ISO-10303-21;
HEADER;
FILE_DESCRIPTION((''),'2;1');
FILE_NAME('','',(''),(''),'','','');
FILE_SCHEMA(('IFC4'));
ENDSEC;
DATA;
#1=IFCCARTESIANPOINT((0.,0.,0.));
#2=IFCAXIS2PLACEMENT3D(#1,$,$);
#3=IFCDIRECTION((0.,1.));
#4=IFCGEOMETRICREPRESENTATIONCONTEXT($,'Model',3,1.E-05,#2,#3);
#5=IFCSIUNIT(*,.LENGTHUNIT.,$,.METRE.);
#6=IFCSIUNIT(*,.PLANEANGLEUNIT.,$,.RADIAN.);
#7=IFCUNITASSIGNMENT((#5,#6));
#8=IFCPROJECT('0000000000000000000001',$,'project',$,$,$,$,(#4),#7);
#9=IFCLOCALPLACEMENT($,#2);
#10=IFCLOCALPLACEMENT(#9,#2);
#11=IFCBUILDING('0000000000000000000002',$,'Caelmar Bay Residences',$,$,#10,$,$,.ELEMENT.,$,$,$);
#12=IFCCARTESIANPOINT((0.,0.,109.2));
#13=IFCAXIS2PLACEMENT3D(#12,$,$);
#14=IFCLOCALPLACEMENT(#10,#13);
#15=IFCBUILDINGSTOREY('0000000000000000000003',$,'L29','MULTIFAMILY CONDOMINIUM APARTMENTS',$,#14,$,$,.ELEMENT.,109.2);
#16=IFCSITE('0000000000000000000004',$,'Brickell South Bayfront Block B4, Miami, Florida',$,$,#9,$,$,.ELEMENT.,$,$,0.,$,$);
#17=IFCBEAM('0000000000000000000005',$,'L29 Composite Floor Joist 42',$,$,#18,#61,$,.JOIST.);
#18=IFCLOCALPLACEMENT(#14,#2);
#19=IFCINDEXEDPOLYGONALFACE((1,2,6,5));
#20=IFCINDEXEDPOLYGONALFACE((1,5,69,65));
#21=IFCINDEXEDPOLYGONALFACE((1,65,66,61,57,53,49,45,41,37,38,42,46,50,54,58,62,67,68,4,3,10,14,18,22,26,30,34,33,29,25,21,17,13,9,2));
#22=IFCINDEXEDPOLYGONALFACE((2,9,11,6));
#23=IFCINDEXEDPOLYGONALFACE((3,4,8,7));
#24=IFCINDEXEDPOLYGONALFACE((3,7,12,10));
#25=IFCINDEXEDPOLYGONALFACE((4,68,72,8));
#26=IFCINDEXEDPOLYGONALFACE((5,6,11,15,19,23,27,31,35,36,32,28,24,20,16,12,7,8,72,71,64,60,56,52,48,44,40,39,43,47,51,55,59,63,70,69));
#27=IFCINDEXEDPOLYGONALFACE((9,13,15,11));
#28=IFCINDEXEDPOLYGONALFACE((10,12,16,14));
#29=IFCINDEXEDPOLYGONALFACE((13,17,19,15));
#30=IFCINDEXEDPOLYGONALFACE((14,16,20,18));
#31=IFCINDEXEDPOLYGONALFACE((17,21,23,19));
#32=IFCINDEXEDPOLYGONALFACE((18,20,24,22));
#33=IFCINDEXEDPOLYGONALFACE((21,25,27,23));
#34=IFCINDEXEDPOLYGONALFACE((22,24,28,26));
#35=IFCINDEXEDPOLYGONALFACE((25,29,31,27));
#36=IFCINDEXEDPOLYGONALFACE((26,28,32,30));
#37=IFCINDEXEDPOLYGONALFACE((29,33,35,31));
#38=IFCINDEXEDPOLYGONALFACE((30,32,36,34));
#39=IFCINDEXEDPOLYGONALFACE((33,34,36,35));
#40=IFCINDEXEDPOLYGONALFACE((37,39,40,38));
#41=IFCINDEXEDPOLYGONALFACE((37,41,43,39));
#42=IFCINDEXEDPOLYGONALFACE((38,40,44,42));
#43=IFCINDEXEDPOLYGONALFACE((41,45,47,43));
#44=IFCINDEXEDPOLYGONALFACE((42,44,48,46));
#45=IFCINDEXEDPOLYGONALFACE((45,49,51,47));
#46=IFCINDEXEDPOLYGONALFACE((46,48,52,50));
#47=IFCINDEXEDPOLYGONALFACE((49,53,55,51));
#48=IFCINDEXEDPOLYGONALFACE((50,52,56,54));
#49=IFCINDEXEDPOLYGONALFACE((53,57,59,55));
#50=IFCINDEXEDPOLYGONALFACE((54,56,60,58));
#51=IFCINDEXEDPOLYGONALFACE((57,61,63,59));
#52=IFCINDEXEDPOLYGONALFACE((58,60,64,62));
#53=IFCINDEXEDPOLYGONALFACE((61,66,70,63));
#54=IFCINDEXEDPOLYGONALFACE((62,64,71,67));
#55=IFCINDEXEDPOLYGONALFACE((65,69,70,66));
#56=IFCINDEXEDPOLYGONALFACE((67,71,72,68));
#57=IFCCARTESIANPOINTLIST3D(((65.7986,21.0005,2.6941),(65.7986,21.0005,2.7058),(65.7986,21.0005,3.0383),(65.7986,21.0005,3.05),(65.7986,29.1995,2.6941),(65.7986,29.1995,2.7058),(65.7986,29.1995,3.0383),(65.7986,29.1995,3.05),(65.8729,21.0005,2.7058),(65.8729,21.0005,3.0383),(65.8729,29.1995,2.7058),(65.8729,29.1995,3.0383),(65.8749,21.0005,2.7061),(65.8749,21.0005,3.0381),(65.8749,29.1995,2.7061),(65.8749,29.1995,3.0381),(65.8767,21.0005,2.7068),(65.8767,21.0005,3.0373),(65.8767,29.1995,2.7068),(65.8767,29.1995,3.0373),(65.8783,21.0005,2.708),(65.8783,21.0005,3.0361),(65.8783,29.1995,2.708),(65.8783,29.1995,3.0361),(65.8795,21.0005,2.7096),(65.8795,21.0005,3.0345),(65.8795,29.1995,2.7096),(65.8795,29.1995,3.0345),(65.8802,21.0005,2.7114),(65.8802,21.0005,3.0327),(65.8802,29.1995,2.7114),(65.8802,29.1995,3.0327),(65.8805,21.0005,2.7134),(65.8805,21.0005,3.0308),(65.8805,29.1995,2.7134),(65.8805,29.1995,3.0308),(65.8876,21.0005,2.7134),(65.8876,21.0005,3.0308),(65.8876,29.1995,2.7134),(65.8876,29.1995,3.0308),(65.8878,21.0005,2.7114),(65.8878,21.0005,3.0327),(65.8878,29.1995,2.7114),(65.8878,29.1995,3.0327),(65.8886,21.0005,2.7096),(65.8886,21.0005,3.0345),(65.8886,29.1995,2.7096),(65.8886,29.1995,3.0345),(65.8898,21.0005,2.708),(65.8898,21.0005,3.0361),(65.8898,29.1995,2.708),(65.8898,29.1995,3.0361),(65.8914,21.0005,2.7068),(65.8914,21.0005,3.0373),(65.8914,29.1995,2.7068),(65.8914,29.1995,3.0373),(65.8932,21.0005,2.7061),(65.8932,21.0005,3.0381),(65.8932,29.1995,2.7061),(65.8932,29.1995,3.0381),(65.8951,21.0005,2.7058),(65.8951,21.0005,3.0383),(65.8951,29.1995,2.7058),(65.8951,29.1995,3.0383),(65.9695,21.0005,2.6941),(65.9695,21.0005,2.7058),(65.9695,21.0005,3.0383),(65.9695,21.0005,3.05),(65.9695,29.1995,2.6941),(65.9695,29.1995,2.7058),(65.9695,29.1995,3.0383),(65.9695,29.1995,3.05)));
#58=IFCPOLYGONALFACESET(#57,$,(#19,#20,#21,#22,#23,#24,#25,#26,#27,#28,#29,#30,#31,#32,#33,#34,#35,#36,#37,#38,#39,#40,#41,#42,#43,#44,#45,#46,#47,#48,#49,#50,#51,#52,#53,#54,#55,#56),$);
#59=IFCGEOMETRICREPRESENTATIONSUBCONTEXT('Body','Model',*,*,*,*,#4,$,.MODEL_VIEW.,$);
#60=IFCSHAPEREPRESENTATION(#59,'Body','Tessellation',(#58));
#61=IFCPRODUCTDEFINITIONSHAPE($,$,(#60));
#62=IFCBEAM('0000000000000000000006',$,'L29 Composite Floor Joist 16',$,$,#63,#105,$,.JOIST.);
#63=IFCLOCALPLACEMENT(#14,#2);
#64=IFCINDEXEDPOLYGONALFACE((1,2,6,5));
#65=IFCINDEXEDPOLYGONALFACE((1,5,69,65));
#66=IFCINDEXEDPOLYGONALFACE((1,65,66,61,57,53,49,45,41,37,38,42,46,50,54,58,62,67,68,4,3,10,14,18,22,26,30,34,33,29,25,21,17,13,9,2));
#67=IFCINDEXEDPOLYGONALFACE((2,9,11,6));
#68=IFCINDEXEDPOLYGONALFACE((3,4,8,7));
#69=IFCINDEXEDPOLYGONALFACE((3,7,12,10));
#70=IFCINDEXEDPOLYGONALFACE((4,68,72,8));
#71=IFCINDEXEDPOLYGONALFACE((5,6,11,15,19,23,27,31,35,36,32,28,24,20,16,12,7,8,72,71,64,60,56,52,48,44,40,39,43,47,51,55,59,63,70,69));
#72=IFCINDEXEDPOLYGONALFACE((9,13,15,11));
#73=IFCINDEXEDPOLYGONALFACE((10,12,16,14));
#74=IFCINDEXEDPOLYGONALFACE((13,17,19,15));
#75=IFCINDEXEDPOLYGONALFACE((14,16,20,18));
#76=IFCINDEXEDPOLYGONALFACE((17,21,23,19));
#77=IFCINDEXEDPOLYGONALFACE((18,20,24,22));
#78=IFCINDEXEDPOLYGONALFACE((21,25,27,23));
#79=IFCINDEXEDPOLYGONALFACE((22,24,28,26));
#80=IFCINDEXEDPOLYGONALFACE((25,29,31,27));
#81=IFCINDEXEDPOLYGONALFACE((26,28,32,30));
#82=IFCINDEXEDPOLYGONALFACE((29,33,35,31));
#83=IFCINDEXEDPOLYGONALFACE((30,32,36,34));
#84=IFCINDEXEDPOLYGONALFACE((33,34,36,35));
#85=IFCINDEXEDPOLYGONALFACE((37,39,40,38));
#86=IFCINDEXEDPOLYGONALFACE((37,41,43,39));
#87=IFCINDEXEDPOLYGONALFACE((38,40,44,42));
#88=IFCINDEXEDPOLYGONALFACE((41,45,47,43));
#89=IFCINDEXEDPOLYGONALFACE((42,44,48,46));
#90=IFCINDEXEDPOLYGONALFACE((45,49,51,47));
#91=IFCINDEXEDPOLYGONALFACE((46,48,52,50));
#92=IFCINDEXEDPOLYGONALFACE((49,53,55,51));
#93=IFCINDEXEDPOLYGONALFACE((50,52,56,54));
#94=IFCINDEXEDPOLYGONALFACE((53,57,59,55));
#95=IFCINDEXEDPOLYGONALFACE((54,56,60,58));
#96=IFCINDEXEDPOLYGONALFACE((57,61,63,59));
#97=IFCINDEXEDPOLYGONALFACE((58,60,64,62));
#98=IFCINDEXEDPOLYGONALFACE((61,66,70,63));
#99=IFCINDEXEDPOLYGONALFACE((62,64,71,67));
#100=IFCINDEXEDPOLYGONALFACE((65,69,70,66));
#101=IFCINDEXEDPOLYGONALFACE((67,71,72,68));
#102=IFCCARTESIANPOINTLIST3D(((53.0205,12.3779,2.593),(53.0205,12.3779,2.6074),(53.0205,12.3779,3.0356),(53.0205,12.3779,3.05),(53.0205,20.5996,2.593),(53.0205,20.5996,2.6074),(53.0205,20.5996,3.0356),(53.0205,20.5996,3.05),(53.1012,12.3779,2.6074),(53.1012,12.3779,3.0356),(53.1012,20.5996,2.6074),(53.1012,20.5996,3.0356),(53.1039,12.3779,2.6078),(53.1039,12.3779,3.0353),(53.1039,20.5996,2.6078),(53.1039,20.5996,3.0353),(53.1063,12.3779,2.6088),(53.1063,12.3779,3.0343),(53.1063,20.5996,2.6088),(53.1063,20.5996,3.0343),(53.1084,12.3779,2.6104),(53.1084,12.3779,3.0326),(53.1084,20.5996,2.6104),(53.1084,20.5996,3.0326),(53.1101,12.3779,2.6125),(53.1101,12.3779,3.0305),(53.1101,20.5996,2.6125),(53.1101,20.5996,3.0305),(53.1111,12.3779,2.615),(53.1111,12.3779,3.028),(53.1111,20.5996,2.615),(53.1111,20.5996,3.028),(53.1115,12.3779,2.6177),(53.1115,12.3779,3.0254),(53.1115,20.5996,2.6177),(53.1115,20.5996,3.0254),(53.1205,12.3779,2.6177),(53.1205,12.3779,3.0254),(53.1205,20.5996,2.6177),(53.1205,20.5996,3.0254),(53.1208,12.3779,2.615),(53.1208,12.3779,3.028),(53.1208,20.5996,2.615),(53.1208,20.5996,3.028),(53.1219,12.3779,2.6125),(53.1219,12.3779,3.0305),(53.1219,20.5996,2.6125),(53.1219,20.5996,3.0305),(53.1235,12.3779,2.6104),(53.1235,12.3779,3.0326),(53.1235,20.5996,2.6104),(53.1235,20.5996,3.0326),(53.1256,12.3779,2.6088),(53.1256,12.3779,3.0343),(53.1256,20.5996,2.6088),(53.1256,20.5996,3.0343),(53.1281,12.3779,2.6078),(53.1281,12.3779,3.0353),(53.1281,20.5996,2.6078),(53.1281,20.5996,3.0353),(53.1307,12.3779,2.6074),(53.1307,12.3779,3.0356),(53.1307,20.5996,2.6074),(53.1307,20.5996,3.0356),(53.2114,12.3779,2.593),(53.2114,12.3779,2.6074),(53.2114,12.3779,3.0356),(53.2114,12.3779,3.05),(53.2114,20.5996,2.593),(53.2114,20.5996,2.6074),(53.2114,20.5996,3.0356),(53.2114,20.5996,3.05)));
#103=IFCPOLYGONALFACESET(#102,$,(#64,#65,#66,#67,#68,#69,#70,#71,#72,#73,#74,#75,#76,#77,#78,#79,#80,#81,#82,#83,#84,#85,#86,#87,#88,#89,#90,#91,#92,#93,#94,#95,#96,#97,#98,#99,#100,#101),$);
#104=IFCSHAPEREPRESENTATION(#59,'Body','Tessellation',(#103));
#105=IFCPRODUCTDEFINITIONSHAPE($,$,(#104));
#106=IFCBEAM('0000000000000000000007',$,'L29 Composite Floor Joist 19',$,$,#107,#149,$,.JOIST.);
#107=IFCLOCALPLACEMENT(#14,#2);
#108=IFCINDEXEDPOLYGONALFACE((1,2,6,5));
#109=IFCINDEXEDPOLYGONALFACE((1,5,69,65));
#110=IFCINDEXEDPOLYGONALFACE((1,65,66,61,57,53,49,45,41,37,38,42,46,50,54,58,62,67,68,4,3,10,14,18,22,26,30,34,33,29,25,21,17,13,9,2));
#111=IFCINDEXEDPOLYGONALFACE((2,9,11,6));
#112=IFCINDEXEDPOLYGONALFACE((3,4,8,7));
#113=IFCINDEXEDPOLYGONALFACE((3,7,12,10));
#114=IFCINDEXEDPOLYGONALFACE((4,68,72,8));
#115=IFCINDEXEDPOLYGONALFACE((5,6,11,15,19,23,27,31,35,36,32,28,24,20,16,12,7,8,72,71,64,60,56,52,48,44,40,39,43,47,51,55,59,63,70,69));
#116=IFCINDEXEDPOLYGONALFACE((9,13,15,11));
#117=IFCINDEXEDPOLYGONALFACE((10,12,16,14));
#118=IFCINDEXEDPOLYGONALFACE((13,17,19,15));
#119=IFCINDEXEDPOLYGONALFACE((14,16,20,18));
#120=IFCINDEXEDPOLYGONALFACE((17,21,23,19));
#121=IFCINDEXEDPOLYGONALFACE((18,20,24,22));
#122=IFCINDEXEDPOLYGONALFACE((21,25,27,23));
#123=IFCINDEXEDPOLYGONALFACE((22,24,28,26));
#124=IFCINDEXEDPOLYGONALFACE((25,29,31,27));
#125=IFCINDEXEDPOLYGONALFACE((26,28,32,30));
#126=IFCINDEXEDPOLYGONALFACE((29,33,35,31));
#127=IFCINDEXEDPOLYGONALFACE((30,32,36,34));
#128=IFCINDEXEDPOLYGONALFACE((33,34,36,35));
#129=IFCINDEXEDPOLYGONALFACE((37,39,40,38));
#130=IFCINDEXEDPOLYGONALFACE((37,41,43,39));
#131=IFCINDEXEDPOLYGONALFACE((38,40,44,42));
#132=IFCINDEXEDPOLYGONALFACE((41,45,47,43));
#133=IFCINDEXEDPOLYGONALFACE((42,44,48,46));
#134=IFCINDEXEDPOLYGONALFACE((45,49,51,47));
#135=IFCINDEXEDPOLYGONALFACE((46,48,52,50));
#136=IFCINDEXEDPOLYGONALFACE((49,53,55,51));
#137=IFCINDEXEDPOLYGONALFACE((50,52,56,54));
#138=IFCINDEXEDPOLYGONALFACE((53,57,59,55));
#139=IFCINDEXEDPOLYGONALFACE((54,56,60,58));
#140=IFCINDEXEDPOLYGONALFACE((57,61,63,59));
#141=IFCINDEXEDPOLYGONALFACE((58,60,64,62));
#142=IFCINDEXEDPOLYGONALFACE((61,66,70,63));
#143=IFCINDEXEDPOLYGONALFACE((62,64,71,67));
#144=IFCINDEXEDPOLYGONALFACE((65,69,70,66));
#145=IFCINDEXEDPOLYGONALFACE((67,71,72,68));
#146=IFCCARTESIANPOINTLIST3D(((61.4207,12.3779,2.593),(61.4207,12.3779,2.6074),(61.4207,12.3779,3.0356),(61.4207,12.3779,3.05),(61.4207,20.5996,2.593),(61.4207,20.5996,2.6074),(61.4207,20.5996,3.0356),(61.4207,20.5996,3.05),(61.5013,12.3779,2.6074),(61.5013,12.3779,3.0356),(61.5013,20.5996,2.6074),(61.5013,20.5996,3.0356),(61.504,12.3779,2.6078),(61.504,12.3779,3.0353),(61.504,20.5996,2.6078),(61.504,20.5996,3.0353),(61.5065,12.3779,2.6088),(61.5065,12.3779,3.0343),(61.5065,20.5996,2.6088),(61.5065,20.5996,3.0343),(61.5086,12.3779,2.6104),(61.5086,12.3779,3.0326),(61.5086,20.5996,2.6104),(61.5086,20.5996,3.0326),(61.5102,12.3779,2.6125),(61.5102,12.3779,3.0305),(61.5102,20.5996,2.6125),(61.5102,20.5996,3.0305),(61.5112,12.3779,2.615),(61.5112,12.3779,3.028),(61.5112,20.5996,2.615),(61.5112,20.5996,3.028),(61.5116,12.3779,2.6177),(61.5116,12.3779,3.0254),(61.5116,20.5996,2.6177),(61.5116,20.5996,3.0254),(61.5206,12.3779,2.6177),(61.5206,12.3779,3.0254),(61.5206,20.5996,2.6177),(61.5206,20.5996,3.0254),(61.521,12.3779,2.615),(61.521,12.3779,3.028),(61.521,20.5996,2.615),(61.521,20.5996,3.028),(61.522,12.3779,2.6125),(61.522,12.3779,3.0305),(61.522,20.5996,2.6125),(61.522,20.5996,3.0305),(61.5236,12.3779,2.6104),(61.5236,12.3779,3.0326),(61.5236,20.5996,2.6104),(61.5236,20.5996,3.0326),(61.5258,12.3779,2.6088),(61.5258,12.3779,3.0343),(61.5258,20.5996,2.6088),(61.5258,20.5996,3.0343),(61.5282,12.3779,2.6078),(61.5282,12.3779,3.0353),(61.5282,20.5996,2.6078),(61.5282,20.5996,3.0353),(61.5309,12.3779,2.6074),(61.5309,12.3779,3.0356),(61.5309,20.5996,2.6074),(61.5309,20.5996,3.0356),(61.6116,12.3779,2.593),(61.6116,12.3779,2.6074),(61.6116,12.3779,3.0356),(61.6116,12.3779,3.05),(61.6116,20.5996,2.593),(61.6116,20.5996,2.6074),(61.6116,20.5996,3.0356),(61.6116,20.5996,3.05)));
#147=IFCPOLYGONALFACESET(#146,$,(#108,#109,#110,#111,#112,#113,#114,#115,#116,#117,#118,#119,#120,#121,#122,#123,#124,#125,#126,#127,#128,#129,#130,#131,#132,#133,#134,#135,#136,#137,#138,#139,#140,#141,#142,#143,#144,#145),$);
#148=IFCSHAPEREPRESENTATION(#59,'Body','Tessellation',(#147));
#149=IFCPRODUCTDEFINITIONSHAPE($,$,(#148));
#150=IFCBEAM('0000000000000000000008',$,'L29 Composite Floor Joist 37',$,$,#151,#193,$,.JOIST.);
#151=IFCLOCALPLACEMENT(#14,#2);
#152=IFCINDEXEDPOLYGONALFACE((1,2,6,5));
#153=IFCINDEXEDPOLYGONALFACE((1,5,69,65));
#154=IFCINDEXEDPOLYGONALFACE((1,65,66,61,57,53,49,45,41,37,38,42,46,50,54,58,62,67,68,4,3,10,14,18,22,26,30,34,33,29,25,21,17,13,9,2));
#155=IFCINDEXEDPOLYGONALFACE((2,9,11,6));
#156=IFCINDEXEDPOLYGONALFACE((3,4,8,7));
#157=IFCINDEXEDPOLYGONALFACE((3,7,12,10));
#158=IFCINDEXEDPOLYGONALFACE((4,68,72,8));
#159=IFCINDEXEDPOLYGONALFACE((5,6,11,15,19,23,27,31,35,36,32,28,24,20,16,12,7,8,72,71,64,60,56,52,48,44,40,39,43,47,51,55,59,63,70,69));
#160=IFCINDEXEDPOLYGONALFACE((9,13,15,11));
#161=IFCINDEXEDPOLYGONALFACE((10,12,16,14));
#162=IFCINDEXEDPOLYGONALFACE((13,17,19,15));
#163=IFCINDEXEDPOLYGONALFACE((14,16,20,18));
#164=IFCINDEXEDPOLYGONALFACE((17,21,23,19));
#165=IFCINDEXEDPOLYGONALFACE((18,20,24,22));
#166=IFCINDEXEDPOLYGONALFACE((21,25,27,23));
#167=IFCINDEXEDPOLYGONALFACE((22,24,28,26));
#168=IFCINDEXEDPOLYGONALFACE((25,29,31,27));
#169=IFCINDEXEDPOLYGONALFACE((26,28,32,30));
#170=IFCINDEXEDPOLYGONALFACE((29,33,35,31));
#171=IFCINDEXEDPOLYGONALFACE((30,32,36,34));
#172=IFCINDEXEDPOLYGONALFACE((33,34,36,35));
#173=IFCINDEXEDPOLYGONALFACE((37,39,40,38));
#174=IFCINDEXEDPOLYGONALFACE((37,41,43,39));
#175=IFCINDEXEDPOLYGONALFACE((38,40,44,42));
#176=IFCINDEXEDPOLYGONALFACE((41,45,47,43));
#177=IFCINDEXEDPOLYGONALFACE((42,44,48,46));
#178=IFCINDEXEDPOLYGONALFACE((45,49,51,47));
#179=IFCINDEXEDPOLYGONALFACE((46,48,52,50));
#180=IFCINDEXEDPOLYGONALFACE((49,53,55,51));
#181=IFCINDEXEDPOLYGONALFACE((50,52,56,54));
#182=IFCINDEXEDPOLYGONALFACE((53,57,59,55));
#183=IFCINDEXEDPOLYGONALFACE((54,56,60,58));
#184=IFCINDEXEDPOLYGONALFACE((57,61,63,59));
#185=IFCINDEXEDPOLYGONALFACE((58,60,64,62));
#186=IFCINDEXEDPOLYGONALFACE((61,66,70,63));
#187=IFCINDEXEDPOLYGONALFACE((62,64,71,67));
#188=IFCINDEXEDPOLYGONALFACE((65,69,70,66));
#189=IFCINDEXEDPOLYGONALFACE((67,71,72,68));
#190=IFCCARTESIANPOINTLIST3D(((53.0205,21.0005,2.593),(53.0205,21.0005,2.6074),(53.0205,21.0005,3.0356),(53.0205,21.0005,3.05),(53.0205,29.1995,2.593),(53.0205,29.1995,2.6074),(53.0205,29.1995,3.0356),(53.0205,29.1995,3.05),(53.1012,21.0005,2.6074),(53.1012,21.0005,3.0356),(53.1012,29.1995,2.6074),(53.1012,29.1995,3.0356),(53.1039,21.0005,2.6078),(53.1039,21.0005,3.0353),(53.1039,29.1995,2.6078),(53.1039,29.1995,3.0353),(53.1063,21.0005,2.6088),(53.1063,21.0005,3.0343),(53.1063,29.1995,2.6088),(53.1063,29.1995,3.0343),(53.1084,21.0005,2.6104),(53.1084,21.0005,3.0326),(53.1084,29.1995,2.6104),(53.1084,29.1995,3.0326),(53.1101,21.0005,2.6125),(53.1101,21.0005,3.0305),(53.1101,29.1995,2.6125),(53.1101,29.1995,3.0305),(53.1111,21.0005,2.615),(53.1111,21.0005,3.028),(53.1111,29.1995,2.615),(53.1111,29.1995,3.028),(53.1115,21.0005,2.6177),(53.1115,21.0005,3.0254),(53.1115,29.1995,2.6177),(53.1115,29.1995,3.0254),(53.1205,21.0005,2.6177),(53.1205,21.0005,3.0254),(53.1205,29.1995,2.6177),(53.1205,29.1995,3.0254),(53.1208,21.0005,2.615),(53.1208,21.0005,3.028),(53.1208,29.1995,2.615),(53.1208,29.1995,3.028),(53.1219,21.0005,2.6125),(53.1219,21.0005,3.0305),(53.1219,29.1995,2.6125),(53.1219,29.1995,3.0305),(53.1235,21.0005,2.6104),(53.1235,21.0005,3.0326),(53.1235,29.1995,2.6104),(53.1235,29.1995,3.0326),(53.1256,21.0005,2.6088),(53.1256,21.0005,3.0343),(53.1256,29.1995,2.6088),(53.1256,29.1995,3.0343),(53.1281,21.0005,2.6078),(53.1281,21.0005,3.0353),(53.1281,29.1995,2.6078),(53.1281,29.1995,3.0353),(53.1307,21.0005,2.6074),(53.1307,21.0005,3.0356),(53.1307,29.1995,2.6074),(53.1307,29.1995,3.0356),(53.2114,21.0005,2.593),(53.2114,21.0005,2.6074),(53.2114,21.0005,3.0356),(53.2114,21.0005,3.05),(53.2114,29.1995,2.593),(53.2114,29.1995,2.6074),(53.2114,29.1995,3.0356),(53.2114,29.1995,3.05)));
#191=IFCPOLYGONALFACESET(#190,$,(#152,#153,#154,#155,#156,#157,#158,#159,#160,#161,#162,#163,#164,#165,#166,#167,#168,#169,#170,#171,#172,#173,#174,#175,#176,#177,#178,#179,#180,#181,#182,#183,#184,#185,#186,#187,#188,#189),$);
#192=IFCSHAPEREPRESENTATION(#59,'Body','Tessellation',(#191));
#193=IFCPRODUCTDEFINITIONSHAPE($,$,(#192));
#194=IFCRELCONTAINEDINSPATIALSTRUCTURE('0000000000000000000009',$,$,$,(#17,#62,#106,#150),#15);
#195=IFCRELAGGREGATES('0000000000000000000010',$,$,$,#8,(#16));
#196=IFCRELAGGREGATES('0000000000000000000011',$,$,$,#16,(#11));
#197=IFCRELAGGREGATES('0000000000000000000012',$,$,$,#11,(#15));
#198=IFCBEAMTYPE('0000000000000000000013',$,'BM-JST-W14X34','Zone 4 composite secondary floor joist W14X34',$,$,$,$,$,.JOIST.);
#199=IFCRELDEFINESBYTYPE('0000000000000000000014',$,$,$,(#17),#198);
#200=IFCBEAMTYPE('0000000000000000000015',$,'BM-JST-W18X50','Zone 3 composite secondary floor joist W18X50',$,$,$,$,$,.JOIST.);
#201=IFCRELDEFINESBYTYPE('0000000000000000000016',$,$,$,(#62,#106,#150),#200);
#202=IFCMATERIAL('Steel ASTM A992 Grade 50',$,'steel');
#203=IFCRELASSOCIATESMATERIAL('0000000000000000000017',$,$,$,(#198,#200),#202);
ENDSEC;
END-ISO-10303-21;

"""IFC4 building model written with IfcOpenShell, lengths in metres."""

from ifc_helpers import new_model, si_unit, direction, frame, origin, origin_2d, place, context, subcontext, project, spatial, i_section, extrude, material, material_profile, profile_set, type_object, element, save


model = new_model("IFC4")

# Units and contexts
model_context = context("Model", 3, precision=1e-05, world=origin(), true_north=direction((0.0, 1.0)))
body_context = subcontext(model_context, "Body", "Model", "MODEL_VIEW")
ifc_project = project(units=[si_unit("LENGTHUNIT", "METRE"), si_unit("PLANEANGLEUNIT", "RADIAN")], contexts=[model_context])

# Site, building, storey
site_placement = place(None, origin())
site = spatial("IfcSite", under=ifc_project, at=site_placement, Name="Brickell South Bayfront Block B4, Miami, Florida", CompositionType="ELEMENT", RefElevation=0.0)
building_placement = place(site_placement, origin())
building = spatial("IfcBuilding", under=site, at=building_placement, Name="Caelmar Bay Residences", CompositionType="ELEMENT")
storey_placement = place(building_placement, frame((0.0, 0.0, 109.2)))
storey = spatial("IfcBuildingStorey", under=building, at=storey_placement, Name="L29", Description="MULTIFAMILY CONDOMINIUM APARTMENTS", CompositionType="ELEMENT", Elevation=109.2)

# Beams
ifc_material_1 = material(Name="Steel ASTM A992 Grade 50", Category="steel")
ifc_material_profile_1 = material_profile(ifc_material_1, i_section(OverallWidth=0.1709, OverallDepth=0.356, WebThickness=0.0071, FlangeThickness=0.0117, FilletRadius=0.0076, at=origin_2d()), Name="W14X34")
ifc_profile_set_1 = profile_set([ifc_material_profile_1], Name="Steel ASTM A992 Grade 50")
beam_type_1 = type_object("IfcBeamType", Name="BM-JST-W14X34", Description="Zone 4 composite secondary floor joist W14X34", PredefinedType="JOIST", material=ifc_profile_set_1)
for number, where, z_axis, x_axis, name in (
    (1, (65.884, 21.0005, 2.8721), (0.0, 1.0, 0.0), (-1.0, 0.0, 0.0), "L29 Composite Floor Joist 42"),
):
    element("IfcBeam", number, at=place(storey_placement, frame(where, z_axis=z_axis, x_axis=x_axis)), inside=storey, type_object=beam_type_1, Name=name, PredefinedType="JOIST", context=body_context, shape_type="SweptSolid", body=[
        extrude(i_section(OverallWidth=0.1709, OverallDepth=0.356, WebThickness=0.0071, FlangeThickness=0.0117, FilletRadius=0.0076, at=origin_2d()), origin(), (0.0, 0.0, 1.0), 8.199),
    ])
ifc_material_profile_2 = material_profile(ifc_material_1, i_section(OverallWidth=0.1909, OverallDepth=0.457, WebThickness=0.009, FlangeThickness=0.0144, FilletRadius=0.0103, at=origin_2d()), Name="W18X50")
ifc_profile_set_2 = profile_set([ifc_material_profile_2], Name="Steel ASTM A992 Grade 50")
beam_type_2 = type_object("IfcBeamType", Name="BM-JST-W18X50", Description="Zone 3 composite secondary floor joist W18X50", PredefinedType="JOIST", material=ifc_profile_set_2)
for number, where, z_axis, x_axis, name in (
    (2, (53.116, 12.3779, 2.8215), (0.0, 1.0, 0.0), (-1.0, 0.0, 0.0), "L29 Composite Floor Joist 16"),
    (3, (61.5161, 12.3779, 2.8215), (0.0, 1.0, 0.0), (-1.0, 0.0, 0.0), "L29 Composite Floor Joist 19"),
):
    element("IfcBeam", number, at=place(storey_placement, frame(where, z_axis=z_axis, x_axis=x_axis)), inside=storey, type_object=beam_type_2, Name=name, PredefinedType="JOIST", context=body_context, shape_type="SweptSolid", body=[
        extrude(i_section(OverallWidth=0.1909, OverallDepth=0.457, WebThickness=0.009, FlangeThickness=0.0144, FilletRadius=0.0103, at=origin_2d()), origin(), (0.0, 0.0, 1.0), 8.2217),
    ])
for number, where, z_axis, x_axis, name in (
    (4, (53.116, 21.0005, 2.8215), (0.0, 1.0, 0.0), (-1.0, 0.0, 0.0), "L29 Composite Floor Joist 37"),
):
    element("IfcBeam", number, at=place(storey_placement, frame(where, z_axis=z_axis, x_axis=x_axis)), inside=storey, type_object=beam_type_2, Name=name, PredefinedType="JOIST", context=body_context, shape_type="SweptSolid", body=[
        extrude(i_section(OverallWidth=0.1909, OverallDepth=0.457, WebThickness=0.009, FlangeThickness=0.0144, FilletRadius=0.0103, at=origin_2d()), origin(), (0.0, 0.0, 1.0), 8.199),
    ])

save(model, "model.ifc")
